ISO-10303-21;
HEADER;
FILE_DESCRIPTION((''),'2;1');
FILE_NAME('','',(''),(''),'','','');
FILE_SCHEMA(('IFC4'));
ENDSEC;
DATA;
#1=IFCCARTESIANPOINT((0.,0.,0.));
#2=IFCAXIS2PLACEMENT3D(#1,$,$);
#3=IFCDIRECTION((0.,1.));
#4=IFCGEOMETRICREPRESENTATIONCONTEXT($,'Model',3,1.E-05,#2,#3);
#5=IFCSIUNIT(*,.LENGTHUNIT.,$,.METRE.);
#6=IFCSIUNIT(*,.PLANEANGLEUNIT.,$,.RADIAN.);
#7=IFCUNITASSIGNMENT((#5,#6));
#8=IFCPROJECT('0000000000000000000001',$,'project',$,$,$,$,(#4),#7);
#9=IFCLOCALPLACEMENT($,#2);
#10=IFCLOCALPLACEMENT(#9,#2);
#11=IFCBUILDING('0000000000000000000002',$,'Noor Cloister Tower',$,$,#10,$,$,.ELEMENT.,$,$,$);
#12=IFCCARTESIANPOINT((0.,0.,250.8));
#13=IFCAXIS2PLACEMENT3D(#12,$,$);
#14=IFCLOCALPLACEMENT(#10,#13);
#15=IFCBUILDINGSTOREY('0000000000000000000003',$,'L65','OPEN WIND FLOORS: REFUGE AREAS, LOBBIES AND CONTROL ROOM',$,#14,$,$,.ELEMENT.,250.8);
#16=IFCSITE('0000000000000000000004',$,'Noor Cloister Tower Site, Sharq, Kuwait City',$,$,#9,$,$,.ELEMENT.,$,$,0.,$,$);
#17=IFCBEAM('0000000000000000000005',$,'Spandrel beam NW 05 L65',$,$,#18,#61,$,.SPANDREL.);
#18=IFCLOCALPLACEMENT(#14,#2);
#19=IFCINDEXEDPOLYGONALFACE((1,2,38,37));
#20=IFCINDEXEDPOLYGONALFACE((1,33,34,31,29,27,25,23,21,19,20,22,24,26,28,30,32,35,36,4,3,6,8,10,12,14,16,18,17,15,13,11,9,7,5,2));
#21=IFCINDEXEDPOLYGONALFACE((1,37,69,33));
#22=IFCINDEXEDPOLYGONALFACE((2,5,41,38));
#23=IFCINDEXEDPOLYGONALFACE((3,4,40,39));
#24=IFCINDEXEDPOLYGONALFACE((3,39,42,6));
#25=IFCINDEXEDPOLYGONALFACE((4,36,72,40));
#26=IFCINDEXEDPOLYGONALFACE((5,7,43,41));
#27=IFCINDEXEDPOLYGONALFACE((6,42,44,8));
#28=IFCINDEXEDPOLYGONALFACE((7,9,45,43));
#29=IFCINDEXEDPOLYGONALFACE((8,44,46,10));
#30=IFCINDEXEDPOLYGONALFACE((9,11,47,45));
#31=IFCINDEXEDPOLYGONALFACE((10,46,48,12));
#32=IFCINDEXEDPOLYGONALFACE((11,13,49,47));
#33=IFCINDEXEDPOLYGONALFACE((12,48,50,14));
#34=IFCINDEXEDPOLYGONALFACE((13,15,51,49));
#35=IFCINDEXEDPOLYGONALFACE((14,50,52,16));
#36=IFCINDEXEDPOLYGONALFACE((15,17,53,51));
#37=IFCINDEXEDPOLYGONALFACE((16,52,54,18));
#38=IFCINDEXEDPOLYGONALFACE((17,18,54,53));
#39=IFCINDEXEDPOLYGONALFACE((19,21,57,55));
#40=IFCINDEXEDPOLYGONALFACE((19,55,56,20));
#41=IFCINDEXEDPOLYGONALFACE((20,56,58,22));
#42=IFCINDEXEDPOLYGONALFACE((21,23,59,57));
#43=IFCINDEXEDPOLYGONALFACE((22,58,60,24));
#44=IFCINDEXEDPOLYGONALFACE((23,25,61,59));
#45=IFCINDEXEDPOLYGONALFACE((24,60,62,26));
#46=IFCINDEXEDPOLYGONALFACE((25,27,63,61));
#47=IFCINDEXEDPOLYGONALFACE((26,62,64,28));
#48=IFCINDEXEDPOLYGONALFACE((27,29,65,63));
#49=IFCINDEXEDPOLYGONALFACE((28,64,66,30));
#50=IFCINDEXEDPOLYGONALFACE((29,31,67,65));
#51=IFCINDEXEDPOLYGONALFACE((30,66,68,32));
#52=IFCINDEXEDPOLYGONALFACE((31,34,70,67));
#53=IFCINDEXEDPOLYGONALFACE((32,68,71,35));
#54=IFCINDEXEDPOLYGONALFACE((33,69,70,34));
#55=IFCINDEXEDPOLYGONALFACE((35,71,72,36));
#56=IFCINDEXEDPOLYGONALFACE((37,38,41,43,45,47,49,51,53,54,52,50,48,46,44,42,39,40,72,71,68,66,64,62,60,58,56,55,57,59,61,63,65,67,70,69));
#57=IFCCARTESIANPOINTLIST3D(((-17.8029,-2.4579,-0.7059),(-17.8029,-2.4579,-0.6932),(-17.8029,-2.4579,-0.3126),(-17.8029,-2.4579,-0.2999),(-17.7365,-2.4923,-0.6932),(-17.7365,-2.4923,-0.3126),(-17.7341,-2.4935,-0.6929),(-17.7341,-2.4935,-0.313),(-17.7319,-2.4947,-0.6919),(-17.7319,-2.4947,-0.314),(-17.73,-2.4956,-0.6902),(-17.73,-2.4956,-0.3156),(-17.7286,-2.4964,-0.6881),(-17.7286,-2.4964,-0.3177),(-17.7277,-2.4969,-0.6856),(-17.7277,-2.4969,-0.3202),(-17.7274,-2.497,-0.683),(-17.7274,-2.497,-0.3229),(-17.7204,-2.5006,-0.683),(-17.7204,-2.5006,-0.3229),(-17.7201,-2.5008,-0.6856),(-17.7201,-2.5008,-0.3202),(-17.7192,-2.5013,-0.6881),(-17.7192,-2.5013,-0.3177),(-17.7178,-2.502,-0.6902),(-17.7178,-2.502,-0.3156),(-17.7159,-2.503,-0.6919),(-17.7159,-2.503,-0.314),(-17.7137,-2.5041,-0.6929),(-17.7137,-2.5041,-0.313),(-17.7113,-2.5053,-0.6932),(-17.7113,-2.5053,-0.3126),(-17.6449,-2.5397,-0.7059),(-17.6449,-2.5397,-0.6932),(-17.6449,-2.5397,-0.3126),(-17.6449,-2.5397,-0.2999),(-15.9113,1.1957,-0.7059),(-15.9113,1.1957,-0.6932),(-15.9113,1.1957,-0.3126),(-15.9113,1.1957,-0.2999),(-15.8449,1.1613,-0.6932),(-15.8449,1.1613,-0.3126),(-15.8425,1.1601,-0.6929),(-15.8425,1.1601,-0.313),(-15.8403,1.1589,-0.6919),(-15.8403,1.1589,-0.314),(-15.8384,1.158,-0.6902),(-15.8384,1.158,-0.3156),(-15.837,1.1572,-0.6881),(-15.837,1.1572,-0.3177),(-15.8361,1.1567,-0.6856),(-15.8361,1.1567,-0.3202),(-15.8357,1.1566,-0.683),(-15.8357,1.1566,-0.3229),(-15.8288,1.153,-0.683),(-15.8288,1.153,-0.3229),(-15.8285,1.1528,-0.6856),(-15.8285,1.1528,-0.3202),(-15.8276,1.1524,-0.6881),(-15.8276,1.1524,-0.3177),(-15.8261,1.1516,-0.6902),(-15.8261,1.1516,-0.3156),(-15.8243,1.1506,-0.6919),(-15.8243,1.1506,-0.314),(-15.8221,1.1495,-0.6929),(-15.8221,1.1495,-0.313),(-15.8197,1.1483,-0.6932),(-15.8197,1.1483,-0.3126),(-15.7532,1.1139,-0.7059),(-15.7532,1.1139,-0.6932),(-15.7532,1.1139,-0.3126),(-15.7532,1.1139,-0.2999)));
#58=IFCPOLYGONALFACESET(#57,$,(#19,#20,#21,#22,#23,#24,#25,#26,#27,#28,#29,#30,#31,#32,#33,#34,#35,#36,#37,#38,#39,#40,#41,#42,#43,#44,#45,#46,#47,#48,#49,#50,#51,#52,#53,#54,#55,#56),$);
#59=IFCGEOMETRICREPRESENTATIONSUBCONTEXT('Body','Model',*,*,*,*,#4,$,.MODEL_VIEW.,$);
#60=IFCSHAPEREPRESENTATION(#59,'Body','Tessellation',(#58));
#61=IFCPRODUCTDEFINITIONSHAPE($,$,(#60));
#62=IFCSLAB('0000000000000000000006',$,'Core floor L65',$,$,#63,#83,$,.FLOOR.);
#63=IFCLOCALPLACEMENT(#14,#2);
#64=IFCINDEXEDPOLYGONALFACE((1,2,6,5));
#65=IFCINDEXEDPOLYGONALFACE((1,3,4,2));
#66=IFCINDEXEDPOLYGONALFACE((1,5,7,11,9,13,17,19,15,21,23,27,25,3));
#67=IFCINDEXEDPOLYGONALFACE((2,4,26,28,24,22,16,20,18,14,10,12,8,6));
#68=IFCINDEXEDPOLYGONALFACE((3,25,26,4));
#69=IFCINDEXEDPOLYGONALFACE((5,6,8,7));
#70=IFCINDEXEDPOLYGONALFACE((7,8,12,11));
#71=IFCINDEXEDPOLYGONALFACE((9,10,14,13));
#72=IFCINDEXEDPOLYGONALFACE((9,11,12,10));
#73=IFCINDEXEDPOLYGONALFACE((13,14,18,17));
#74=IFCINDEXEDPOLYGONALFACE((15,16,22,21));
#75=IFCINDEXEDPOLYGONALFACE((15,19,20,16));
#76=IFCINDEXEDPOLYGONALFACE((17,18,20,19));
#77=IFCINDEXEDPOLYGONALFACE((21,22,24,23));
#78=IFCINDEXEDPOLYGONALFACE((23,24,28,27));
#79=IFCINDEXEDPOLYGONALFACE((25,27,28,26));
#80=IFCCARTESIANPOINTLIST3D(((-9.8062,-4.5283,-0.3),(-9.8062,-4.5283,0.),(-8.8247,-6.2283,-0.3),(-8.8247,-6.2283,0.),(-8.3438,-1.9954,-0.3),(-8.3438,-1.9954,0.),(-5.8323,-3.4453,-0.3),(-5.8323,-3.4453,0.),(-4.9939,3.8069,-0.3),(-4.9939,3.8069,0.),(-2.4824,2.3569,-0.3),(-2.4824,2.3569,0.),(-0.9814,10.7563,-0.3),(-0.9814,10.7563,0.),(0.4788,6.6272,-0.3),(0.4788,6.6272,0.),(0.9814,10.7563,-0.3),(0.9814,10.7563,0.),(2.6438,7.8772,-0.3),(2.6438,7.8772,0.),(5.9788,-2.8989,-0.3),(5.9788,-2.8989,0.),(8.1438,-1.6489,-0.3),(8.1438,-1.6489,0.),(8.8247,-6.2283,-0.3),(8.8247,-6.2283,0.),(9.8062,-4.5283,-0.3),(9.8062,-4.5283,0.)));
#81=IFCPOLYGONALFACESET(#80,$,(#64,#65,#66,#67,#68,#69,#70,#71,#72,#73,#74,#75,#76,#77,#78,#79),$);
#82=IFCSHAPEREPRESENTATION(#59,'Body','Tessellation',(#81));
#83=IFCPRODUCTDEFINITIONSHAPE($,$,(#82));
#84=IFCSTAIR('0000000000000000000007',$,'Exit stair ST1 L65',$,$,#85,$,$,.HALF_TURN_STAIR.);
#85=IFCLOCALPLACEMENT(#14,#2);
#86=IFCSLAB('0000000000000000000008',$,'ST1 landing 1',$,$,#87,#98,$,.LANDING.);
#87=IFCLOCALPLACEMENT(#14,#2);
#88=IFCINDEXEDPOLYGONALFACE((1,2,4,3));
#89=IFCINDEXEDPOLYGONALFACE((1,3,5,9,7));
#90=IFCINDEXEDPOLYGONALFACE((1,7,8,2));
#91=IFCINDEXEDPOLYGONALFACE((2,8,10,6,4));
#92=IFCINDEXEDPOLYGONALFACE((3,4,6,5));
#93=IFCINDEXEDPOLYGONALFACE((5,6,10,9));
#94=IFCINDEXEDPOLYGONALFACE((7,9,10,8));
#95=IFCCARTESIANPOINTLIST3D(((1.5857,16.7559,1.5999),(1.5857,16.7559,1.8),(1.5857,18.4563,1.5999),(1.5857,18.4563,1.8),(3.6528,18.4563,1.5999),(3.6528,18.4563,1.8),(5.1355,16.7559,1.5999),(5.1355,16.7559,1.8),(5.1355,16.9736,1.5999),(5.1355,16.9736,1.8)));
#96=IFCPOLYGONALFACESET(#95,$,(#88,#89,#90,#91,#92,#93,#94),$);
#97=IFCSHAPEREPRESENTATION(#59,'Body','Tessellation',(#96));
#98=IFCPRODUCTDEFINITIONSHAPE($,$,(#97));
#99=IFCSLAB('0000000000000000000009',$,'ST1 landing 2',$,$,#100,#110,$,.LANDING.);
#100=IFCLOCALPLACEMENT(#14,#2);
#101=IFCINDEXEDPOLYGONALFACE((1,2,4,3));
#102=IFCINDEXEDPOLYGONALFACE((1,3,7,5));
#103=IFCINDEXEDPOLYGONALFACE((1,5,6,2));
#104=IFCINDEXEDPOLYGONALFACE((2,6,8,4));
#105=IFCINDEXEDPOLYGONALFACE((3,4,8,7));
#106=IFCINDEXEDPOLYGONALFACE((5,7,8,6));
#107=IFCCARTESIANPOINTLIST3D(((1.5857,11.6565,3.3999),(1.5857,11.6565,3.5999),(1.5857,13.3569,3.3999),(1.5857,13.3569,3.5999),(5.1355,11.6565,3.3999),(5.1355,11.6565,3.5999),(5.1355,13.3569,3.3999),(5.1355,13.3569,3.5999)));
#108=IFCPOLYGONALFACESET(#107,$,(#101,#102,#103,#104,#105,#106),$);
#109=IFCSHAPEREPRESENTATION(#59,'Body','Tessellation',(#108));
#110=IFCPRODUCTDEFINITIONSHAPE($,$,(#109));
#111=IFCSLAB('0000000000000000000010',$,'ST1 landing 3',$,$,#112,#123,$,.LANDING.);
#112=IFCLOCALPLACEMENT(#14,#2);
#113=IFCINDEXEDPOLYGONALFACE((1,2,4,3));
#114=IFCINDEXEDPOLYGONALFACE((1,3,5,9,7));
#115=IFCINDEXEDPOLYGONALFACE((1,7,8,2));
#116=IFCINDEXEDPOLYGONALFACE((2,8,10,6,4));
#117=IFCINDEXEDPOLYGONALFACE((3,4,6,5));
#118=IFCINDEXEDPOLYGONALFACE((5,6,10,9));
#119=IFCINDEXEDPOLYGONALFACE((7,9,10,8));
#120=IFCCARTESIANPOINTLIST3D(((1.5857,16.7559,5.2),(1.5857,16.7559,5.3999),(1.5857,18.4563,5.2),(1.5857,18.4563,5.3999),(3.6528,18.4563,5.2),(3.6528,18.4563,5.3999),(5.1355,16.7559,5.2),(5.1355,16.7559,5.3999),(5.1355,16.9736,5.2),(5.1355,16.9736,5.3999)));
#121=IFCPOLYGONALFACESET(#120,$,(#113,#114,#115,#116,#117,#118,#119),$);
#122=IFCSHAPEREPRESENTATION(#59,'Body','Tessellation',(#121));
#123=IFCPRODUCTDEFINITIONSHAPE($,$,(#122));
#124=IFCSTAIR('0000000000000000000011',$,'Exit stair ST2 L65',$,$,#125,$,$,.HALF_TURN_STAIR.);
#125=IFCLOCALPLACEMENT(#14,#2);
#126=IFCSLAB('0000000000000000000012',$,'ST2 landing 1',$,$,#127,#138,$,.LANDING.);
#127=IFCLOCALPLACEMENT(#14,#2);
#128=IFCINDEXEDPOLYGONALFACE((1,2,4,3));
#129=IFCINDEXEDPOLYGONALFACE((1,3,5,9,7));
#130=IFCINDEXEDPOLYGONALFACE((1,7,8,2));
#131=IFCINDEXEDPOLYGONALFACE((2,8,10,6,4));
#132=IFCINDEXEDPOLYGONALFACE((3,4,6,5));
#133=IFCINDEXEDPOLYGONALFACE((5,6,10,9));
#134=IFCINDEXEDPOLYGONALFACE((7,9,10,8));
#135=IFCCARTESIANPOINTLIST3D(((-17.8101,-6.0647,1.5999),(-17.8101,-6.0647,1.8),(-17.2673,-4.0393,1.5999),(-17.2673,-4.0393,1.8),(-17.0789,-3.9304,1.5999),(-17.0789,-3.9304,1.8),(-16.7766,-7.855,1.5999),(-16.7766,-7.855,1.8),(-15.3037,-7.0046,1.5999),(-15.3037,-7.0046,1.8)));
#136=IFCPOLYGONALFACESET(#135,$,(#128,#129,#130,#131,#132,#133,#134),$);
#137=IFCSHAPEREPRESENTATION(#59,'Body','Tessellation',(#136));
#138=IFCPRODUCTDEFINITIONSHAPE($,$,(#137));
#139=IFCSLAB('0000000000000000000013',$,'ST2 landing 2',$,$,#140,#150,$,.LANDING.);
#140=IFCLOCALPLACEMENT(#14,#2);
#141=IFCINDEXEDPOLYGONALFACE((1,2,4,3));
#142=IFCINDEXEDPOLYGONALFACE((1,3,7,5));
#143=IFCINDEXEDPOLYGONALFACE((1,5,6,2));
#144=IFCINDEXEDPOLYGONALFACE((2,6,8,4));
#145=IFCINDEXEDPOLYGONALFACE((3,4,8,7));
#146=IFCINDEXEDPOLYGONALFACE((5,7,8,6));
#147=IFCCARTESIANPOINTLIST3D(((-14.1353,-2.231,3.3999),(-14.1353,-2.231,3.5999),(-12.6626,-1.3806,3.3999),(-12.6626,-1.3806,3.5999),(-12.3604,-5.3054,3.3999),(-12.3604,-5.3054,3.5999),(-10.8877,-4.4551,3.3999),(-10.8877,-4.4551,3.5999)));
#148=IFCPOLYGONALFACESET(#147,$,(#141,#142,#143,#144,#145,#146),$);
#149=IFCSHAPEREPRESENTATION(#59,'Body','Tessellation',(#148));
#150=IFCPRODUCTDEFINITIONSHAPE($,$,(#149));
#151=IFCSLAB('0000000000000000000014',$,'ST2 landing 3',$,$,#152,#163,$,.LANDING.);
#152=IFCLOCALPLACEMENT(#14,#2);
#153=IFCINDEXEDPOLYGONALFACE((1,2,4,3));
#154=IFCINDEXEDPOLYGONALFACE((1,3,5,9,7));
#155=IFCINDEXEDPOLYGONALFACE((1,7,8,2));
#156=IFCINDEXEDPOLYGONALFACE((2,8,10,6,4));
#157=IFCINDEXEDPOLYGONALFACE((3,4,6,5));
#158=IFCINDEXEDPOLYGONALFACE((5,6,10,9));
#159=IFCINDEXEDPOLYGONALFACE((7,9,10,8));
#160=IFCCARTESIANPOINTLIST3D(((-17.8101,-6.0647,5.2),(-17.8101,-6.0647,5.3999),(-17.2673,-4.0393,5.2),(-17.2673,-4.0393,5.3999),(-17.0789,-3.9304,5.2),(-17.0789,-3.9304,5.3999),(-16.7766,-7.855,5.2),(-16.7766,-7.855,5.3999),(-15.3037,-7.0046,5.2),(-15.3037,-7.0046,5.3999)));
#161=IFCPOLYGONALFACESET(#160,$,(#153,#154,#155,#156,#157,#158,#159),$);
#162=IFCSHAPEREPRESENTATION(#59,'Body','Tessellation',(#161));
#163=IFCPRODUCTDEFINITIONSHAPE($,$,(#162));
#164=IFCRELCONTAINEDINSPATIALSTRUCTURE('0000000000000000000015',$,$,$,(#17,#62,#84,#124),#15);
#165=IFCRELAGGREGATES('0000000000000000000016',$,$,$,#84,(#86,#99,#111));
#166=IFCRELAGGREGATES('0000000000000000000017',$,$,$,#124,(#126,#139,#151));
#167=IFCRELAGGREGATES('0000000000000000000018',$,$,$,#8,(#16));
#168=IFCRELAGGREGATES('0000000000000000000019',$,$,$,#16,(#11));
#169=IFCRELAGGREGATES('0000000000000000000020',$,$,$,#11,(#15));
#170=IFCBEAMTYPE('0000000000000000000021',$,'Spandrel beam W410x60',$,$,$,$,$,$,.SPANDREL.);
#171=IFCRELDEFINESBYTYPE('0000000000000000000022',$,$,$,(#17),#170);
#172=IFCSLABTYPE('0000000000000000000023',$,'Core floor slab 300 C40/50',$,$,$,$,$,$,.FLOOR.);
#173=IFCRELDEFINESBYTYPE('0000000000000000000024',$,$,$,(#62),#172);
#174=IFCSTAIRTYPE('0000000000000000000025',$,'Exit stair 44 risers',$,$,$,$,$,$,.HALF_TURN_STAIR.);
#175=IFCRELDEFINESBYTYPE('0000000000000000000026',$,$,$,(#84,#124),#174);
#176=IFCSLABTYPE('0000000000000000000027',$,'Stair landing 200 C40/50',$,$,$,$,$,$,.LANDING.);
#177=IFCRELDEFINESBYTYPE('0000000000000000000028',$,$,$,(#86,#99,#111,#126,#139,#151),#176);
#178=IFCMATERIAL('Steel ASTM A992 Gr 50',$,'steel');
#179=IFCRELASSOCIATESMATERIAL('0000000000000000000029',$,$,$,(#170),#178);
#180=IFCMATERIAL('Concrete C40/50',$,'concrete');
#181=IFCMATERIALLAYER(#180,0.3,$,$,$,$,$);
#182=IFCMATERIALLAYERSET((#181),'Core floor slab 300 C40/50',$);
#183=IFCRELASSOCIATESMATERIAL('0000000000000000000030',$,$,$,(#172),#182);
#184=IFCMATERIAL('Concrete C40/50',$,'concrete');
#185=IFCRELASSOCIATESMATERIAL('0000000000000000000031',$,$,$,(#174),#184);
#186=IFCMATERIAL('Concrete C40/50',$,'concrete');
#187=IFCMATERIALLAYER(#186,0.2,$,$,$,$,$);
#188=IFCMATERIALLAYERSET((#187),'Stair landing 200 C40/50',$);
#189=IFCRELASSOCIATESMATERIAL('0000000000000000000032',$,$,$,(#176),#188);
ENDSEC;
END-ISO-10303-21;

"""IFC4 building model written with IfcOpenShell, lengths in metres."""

from ifc_helpers import new_model, si_unit, direction, frame, origin, origin_2d, place, context, subcontext, project, spatial, polyline, i_section, outline, extrude, material, layer, layer_set, material_profile, profile_set, type_object, element, aggregate, save


model = new_model("IFC4")

# Units and contexts
model_context = context("Model", 3, precision=1e-05, world=origin(), true_north=direction((0.0, 1.0)))
body_context = subcontext(model_context, "Body", "Model", "MODEL_VIEW")
ifc_project = project(units=[si_unit("LENGTHUNIT", "METRE"), si_unit("PLANEANGLEUNIT", "RADIAN")], contexts=[model_context])

# Site, building, storey
site_placement = place(None, origin())
site = spatial("IfcSite", under=ifc_project, at=site_placement, Name="Noor Cloister Tower Site, Sharq, Kuwait City", CompositionType="ELEMENT", RefElevation=0.0)
building_placement = place(site_placement, origin())
building = spatial("IfcBuilding", under=site, at=building_placement, Name="Noor Cloister Tower", CompositionType="ELEMENT")
storey_placement = place(building_placement, frame((0.0, 0.0, 250.8)))
storey = spatial("IfcBuildingStorey", under=building, at=storey_placement, Name="L65", Description="OPEN WIND FLOORS: REFUGE AREAS, LOBBIES AND CONTROL ROOM", CompositionType="ELEMENT", Elevation=250.8)

# Beam
ifc_material_1 = material(Name="Steel ASTM A992 Gr 50", Category="steel")
ifc_material_profile_1 = material_profile(ifc_material_1, i_section(OverallWidth=0.178, OverallDepth=0.406, WebThickness=0.0078, FlangeThickness=0.0127, FilletRadius=0.0103, at=origin_2d()), Name="W410x60")
ifc_profile_set_1 = profile_set([ifc_material_profile_1], Name="Steel ASTM A992 Gr 50")
beam_type_1 = type_object("IfcBeamType", Name="Spandrel beam W410x60", PredefinedType="SPANDREL", material=ifc_profile_set_1)
beam_1_placement = place(storey_placement, frame((-15.8323, 1.1548, -0.5029), z_axis=(-0.459773, -0.888036, 0.0), x_axis=(0.888036, -0.459773, 0.0)))
element("IfcBeam", 1, at=beam_1_placement, inside=storey, type_object=beam_type_1, Name="Spandrel beam NW 05 L65", PredefinedType="SPANDREL", context=body_context, shape_type="SweptSolid", body=[
    extrude(i_section(OverallWidth=0.178, OverallDepth=0.406, WebThickness=0.0078, FlangeThickness=0.0127, FilletRadius=0.0103, at=origin_2d()), origin(), (0.0, 0.0, 1.0), 4.1143),
])

# Slab
ifc_material_2 = material(Name="Concrete C40/50", Category="concrete")
ifc_layer_1 = layer(ifc_material_2, 0.3)
ifc_layer_set_1 = layer_set([ifc_layer_1], Name="Core floor slab 300 C40/50")
slab_type_1 = type_object("IfcSlabType", Name="Core floor slab 300 C40/50", PredefinedType="FLOOR", material=ifc_layer_set_1)
slab_1_placement = place(storey_placement, frame((0.0, 0.0, -0.3)))
element("IfcSlab", 2, at=slab_1_placement, inside=storey, type_object=slab_type_1, Name="Core floor L65", PredefinedType="FLOOR", context=body_context, shape_type="SweptSolid", body=[
    extrude(outline(polyline([(2.6438, 7.8772), (0.9814, 10.7563), (-0.9814, 10.7563), (-4.9939, 3.8069), (-2.4824, 2.3569), (-5.8323, -3.4453), (-8.3438, -1.9954), (-9.8062, -4.5283), (-8.8247, -6.2283), (8.8247, -6.2283), (9.8062, -4.5283), (8.1438, -1.6489), (5.9788, -2.8989), (0.4788, 6.6272), (2.6438, 7.8772)])), origin(), (0.0, 0.0, 1.0), 0.3),
])

# Stairs, slabs
ifc_material_3 = material(Name="Concrete C40/50", Category="concrete")
stair_type = type_object("IfcStairType", Name="Exit stair 44 risers", PredefinedType="HALF_TURN_STAIR", material=ifc_material_3)
stair_1_placement = place(storey_placement, origin())
stair_1 = element("IfcStair", 3, at=stair_1_placement, inside=storey, type_object=stair_type, Name="Exit stair ST1 L65", PredefinedType="HALF_TURN_STAIR")
ifc_material_4 = material(Name="Concrete C40/50", Category="concrete")
ifc_layer_2 = layer(ifc_material_4, 0.2)
ifc_layer_set_2 = layer_set([ifc_layer_2], Name="Stair landing 200 C40/50")
slab_type_2 = type_object("IfcSlabType", Name="Stair landing 200 C40/50", PredefinedType="LANDING", material=ifc_layer_set_2)
slab_2_placement = place(storey_placement, frame((0.0, 0.0, 1.5999)))
slab_2 = element("IfcSlab", 4, at=slab_2_placement, type_object=slab_type_2, Name="ST1 landing 1", PredefinedType="LANDING", context=body_context, shape_type="SweptSolid", body=[
    extrude(outline(polyline([(5.1355, 16.7559), (5.1355, 16.9736), (3.6528, 18.4563), (1.5857, 18.4563), (1.5857, 16.7559), (5.1355, 16.7559)])), origin(), (0.0, 0.0, 1.0), 0.2002),
])
slab_3_placement = place(storey_placement, frame((0.0, 0.0, 3.3999)))
slab_3 = element("IfcSlab", 5, at=slab_3_placement, type_object=slab_type_2, Name="ST1 landing 2", PredefinedType="LANDING", context=body_context, shape_type="SweptSolid", body=[
    extrude(outline(polyline([(1.5857, 13.3569), (1.5857, 11.6565), (5.1355, 11.6565), (5.1355, 13.3569), (1.5857, 13.3569)])), origin(), (0.0, 0.0, 1.0), 0.2),
])
slab_4_placement = place(storey_placement, frame((0.0, 0.0, 5.2)))
slab_4 = element("IfcSlab", 6, at=slab_4_placement, type_object=slab_type_2, Name="ST1 landing 3", PredefinedType="LANDING", context=body_context, shape_type="SweptSolid", body=[
    extrude(outline(polyline([(5.1355, 16.7559), (5.1355, 16.9736), (3.6528, 18.4563), (1.5857, 18.4563), (1.5857, 16.7559), (5.1355, 16.7559)])), origin(), (0.0, 0.0, 1.0), 0.2),
])
aggregate(stair_1, [slab_2, slab_3, slab_4])
stair_2_placement = place(storey_placement, origin())
stair_2 = element("IfcStair", 7, at=stair_2_placement, inside=storey, type_object=stair_type, Name="Exit stair ST2 L65", PredefinedType="HALF_TURN_STAIR")
slab_5_placement = place(storey_placement, frame((0.0, 0.0, 1.5999)))
slab_5 = element("IfcSlab", 8, at=slab_5_placement, type_object=slab_type_2, Name="ST2 landing 1", PredefinedType="LANDING", context=body_context, shape_type="SweptSolid", body=[
    extrude(outline(polyline([(-17.0789, -3.9304), (-17.2673, -4.0393), (-17.8101, -6.0647), (-16.7766, -7.855), (-15.3037, -7.0046), (-17.0789, -3.9304)])), origin(), (0.0, 0.0, 1.0), 0.2002),
])
slab_6_placement = place(storey_placement, frame((0.0, 0.0, 3.3999)))
slab_6 = element("IfcSlab", 9, at=slab_6_placement, type_object=slab_type_2, Name="ST2 landing 2", PredefinedType="LANDING", context=body_context, shape_type="SweptSolid", body=[
    extrude(outline(polyline([(-12.3604, -5.3054), (-10.8877, -4.4551), (-12.6626, -1.3806), (-14.1353, -2.231), (-12.3604, -5.3054)])), origin(), (0.0, 0.0, 1.0), 0.2),
])
slab_7_placement = place(storey_placement, frame((0.0, 0.0, 5.2)))
slab_7 = element("IfcSlab", 10, at=slab_7_placement, type_object=slab_type_2, Name="ST2 landing 3", PredefinedType="LANDING", context=body_context, shape_type="SweptSolid", body=[
    extrude(outline(polyline([(-17.0789, -3.9304), (-17.2673, -4.0393), (-17.8101, -6.0647), (-16.7766, -7.855), (-15.3037, -7.0046), (-17.0789, -3.9304)])), origin(), (0.0, 0.0, 1.0), 0.2),
])
aggregate(stair_2, [slab_5, slab_6, slab_7])

save(model, "model.ifc")
